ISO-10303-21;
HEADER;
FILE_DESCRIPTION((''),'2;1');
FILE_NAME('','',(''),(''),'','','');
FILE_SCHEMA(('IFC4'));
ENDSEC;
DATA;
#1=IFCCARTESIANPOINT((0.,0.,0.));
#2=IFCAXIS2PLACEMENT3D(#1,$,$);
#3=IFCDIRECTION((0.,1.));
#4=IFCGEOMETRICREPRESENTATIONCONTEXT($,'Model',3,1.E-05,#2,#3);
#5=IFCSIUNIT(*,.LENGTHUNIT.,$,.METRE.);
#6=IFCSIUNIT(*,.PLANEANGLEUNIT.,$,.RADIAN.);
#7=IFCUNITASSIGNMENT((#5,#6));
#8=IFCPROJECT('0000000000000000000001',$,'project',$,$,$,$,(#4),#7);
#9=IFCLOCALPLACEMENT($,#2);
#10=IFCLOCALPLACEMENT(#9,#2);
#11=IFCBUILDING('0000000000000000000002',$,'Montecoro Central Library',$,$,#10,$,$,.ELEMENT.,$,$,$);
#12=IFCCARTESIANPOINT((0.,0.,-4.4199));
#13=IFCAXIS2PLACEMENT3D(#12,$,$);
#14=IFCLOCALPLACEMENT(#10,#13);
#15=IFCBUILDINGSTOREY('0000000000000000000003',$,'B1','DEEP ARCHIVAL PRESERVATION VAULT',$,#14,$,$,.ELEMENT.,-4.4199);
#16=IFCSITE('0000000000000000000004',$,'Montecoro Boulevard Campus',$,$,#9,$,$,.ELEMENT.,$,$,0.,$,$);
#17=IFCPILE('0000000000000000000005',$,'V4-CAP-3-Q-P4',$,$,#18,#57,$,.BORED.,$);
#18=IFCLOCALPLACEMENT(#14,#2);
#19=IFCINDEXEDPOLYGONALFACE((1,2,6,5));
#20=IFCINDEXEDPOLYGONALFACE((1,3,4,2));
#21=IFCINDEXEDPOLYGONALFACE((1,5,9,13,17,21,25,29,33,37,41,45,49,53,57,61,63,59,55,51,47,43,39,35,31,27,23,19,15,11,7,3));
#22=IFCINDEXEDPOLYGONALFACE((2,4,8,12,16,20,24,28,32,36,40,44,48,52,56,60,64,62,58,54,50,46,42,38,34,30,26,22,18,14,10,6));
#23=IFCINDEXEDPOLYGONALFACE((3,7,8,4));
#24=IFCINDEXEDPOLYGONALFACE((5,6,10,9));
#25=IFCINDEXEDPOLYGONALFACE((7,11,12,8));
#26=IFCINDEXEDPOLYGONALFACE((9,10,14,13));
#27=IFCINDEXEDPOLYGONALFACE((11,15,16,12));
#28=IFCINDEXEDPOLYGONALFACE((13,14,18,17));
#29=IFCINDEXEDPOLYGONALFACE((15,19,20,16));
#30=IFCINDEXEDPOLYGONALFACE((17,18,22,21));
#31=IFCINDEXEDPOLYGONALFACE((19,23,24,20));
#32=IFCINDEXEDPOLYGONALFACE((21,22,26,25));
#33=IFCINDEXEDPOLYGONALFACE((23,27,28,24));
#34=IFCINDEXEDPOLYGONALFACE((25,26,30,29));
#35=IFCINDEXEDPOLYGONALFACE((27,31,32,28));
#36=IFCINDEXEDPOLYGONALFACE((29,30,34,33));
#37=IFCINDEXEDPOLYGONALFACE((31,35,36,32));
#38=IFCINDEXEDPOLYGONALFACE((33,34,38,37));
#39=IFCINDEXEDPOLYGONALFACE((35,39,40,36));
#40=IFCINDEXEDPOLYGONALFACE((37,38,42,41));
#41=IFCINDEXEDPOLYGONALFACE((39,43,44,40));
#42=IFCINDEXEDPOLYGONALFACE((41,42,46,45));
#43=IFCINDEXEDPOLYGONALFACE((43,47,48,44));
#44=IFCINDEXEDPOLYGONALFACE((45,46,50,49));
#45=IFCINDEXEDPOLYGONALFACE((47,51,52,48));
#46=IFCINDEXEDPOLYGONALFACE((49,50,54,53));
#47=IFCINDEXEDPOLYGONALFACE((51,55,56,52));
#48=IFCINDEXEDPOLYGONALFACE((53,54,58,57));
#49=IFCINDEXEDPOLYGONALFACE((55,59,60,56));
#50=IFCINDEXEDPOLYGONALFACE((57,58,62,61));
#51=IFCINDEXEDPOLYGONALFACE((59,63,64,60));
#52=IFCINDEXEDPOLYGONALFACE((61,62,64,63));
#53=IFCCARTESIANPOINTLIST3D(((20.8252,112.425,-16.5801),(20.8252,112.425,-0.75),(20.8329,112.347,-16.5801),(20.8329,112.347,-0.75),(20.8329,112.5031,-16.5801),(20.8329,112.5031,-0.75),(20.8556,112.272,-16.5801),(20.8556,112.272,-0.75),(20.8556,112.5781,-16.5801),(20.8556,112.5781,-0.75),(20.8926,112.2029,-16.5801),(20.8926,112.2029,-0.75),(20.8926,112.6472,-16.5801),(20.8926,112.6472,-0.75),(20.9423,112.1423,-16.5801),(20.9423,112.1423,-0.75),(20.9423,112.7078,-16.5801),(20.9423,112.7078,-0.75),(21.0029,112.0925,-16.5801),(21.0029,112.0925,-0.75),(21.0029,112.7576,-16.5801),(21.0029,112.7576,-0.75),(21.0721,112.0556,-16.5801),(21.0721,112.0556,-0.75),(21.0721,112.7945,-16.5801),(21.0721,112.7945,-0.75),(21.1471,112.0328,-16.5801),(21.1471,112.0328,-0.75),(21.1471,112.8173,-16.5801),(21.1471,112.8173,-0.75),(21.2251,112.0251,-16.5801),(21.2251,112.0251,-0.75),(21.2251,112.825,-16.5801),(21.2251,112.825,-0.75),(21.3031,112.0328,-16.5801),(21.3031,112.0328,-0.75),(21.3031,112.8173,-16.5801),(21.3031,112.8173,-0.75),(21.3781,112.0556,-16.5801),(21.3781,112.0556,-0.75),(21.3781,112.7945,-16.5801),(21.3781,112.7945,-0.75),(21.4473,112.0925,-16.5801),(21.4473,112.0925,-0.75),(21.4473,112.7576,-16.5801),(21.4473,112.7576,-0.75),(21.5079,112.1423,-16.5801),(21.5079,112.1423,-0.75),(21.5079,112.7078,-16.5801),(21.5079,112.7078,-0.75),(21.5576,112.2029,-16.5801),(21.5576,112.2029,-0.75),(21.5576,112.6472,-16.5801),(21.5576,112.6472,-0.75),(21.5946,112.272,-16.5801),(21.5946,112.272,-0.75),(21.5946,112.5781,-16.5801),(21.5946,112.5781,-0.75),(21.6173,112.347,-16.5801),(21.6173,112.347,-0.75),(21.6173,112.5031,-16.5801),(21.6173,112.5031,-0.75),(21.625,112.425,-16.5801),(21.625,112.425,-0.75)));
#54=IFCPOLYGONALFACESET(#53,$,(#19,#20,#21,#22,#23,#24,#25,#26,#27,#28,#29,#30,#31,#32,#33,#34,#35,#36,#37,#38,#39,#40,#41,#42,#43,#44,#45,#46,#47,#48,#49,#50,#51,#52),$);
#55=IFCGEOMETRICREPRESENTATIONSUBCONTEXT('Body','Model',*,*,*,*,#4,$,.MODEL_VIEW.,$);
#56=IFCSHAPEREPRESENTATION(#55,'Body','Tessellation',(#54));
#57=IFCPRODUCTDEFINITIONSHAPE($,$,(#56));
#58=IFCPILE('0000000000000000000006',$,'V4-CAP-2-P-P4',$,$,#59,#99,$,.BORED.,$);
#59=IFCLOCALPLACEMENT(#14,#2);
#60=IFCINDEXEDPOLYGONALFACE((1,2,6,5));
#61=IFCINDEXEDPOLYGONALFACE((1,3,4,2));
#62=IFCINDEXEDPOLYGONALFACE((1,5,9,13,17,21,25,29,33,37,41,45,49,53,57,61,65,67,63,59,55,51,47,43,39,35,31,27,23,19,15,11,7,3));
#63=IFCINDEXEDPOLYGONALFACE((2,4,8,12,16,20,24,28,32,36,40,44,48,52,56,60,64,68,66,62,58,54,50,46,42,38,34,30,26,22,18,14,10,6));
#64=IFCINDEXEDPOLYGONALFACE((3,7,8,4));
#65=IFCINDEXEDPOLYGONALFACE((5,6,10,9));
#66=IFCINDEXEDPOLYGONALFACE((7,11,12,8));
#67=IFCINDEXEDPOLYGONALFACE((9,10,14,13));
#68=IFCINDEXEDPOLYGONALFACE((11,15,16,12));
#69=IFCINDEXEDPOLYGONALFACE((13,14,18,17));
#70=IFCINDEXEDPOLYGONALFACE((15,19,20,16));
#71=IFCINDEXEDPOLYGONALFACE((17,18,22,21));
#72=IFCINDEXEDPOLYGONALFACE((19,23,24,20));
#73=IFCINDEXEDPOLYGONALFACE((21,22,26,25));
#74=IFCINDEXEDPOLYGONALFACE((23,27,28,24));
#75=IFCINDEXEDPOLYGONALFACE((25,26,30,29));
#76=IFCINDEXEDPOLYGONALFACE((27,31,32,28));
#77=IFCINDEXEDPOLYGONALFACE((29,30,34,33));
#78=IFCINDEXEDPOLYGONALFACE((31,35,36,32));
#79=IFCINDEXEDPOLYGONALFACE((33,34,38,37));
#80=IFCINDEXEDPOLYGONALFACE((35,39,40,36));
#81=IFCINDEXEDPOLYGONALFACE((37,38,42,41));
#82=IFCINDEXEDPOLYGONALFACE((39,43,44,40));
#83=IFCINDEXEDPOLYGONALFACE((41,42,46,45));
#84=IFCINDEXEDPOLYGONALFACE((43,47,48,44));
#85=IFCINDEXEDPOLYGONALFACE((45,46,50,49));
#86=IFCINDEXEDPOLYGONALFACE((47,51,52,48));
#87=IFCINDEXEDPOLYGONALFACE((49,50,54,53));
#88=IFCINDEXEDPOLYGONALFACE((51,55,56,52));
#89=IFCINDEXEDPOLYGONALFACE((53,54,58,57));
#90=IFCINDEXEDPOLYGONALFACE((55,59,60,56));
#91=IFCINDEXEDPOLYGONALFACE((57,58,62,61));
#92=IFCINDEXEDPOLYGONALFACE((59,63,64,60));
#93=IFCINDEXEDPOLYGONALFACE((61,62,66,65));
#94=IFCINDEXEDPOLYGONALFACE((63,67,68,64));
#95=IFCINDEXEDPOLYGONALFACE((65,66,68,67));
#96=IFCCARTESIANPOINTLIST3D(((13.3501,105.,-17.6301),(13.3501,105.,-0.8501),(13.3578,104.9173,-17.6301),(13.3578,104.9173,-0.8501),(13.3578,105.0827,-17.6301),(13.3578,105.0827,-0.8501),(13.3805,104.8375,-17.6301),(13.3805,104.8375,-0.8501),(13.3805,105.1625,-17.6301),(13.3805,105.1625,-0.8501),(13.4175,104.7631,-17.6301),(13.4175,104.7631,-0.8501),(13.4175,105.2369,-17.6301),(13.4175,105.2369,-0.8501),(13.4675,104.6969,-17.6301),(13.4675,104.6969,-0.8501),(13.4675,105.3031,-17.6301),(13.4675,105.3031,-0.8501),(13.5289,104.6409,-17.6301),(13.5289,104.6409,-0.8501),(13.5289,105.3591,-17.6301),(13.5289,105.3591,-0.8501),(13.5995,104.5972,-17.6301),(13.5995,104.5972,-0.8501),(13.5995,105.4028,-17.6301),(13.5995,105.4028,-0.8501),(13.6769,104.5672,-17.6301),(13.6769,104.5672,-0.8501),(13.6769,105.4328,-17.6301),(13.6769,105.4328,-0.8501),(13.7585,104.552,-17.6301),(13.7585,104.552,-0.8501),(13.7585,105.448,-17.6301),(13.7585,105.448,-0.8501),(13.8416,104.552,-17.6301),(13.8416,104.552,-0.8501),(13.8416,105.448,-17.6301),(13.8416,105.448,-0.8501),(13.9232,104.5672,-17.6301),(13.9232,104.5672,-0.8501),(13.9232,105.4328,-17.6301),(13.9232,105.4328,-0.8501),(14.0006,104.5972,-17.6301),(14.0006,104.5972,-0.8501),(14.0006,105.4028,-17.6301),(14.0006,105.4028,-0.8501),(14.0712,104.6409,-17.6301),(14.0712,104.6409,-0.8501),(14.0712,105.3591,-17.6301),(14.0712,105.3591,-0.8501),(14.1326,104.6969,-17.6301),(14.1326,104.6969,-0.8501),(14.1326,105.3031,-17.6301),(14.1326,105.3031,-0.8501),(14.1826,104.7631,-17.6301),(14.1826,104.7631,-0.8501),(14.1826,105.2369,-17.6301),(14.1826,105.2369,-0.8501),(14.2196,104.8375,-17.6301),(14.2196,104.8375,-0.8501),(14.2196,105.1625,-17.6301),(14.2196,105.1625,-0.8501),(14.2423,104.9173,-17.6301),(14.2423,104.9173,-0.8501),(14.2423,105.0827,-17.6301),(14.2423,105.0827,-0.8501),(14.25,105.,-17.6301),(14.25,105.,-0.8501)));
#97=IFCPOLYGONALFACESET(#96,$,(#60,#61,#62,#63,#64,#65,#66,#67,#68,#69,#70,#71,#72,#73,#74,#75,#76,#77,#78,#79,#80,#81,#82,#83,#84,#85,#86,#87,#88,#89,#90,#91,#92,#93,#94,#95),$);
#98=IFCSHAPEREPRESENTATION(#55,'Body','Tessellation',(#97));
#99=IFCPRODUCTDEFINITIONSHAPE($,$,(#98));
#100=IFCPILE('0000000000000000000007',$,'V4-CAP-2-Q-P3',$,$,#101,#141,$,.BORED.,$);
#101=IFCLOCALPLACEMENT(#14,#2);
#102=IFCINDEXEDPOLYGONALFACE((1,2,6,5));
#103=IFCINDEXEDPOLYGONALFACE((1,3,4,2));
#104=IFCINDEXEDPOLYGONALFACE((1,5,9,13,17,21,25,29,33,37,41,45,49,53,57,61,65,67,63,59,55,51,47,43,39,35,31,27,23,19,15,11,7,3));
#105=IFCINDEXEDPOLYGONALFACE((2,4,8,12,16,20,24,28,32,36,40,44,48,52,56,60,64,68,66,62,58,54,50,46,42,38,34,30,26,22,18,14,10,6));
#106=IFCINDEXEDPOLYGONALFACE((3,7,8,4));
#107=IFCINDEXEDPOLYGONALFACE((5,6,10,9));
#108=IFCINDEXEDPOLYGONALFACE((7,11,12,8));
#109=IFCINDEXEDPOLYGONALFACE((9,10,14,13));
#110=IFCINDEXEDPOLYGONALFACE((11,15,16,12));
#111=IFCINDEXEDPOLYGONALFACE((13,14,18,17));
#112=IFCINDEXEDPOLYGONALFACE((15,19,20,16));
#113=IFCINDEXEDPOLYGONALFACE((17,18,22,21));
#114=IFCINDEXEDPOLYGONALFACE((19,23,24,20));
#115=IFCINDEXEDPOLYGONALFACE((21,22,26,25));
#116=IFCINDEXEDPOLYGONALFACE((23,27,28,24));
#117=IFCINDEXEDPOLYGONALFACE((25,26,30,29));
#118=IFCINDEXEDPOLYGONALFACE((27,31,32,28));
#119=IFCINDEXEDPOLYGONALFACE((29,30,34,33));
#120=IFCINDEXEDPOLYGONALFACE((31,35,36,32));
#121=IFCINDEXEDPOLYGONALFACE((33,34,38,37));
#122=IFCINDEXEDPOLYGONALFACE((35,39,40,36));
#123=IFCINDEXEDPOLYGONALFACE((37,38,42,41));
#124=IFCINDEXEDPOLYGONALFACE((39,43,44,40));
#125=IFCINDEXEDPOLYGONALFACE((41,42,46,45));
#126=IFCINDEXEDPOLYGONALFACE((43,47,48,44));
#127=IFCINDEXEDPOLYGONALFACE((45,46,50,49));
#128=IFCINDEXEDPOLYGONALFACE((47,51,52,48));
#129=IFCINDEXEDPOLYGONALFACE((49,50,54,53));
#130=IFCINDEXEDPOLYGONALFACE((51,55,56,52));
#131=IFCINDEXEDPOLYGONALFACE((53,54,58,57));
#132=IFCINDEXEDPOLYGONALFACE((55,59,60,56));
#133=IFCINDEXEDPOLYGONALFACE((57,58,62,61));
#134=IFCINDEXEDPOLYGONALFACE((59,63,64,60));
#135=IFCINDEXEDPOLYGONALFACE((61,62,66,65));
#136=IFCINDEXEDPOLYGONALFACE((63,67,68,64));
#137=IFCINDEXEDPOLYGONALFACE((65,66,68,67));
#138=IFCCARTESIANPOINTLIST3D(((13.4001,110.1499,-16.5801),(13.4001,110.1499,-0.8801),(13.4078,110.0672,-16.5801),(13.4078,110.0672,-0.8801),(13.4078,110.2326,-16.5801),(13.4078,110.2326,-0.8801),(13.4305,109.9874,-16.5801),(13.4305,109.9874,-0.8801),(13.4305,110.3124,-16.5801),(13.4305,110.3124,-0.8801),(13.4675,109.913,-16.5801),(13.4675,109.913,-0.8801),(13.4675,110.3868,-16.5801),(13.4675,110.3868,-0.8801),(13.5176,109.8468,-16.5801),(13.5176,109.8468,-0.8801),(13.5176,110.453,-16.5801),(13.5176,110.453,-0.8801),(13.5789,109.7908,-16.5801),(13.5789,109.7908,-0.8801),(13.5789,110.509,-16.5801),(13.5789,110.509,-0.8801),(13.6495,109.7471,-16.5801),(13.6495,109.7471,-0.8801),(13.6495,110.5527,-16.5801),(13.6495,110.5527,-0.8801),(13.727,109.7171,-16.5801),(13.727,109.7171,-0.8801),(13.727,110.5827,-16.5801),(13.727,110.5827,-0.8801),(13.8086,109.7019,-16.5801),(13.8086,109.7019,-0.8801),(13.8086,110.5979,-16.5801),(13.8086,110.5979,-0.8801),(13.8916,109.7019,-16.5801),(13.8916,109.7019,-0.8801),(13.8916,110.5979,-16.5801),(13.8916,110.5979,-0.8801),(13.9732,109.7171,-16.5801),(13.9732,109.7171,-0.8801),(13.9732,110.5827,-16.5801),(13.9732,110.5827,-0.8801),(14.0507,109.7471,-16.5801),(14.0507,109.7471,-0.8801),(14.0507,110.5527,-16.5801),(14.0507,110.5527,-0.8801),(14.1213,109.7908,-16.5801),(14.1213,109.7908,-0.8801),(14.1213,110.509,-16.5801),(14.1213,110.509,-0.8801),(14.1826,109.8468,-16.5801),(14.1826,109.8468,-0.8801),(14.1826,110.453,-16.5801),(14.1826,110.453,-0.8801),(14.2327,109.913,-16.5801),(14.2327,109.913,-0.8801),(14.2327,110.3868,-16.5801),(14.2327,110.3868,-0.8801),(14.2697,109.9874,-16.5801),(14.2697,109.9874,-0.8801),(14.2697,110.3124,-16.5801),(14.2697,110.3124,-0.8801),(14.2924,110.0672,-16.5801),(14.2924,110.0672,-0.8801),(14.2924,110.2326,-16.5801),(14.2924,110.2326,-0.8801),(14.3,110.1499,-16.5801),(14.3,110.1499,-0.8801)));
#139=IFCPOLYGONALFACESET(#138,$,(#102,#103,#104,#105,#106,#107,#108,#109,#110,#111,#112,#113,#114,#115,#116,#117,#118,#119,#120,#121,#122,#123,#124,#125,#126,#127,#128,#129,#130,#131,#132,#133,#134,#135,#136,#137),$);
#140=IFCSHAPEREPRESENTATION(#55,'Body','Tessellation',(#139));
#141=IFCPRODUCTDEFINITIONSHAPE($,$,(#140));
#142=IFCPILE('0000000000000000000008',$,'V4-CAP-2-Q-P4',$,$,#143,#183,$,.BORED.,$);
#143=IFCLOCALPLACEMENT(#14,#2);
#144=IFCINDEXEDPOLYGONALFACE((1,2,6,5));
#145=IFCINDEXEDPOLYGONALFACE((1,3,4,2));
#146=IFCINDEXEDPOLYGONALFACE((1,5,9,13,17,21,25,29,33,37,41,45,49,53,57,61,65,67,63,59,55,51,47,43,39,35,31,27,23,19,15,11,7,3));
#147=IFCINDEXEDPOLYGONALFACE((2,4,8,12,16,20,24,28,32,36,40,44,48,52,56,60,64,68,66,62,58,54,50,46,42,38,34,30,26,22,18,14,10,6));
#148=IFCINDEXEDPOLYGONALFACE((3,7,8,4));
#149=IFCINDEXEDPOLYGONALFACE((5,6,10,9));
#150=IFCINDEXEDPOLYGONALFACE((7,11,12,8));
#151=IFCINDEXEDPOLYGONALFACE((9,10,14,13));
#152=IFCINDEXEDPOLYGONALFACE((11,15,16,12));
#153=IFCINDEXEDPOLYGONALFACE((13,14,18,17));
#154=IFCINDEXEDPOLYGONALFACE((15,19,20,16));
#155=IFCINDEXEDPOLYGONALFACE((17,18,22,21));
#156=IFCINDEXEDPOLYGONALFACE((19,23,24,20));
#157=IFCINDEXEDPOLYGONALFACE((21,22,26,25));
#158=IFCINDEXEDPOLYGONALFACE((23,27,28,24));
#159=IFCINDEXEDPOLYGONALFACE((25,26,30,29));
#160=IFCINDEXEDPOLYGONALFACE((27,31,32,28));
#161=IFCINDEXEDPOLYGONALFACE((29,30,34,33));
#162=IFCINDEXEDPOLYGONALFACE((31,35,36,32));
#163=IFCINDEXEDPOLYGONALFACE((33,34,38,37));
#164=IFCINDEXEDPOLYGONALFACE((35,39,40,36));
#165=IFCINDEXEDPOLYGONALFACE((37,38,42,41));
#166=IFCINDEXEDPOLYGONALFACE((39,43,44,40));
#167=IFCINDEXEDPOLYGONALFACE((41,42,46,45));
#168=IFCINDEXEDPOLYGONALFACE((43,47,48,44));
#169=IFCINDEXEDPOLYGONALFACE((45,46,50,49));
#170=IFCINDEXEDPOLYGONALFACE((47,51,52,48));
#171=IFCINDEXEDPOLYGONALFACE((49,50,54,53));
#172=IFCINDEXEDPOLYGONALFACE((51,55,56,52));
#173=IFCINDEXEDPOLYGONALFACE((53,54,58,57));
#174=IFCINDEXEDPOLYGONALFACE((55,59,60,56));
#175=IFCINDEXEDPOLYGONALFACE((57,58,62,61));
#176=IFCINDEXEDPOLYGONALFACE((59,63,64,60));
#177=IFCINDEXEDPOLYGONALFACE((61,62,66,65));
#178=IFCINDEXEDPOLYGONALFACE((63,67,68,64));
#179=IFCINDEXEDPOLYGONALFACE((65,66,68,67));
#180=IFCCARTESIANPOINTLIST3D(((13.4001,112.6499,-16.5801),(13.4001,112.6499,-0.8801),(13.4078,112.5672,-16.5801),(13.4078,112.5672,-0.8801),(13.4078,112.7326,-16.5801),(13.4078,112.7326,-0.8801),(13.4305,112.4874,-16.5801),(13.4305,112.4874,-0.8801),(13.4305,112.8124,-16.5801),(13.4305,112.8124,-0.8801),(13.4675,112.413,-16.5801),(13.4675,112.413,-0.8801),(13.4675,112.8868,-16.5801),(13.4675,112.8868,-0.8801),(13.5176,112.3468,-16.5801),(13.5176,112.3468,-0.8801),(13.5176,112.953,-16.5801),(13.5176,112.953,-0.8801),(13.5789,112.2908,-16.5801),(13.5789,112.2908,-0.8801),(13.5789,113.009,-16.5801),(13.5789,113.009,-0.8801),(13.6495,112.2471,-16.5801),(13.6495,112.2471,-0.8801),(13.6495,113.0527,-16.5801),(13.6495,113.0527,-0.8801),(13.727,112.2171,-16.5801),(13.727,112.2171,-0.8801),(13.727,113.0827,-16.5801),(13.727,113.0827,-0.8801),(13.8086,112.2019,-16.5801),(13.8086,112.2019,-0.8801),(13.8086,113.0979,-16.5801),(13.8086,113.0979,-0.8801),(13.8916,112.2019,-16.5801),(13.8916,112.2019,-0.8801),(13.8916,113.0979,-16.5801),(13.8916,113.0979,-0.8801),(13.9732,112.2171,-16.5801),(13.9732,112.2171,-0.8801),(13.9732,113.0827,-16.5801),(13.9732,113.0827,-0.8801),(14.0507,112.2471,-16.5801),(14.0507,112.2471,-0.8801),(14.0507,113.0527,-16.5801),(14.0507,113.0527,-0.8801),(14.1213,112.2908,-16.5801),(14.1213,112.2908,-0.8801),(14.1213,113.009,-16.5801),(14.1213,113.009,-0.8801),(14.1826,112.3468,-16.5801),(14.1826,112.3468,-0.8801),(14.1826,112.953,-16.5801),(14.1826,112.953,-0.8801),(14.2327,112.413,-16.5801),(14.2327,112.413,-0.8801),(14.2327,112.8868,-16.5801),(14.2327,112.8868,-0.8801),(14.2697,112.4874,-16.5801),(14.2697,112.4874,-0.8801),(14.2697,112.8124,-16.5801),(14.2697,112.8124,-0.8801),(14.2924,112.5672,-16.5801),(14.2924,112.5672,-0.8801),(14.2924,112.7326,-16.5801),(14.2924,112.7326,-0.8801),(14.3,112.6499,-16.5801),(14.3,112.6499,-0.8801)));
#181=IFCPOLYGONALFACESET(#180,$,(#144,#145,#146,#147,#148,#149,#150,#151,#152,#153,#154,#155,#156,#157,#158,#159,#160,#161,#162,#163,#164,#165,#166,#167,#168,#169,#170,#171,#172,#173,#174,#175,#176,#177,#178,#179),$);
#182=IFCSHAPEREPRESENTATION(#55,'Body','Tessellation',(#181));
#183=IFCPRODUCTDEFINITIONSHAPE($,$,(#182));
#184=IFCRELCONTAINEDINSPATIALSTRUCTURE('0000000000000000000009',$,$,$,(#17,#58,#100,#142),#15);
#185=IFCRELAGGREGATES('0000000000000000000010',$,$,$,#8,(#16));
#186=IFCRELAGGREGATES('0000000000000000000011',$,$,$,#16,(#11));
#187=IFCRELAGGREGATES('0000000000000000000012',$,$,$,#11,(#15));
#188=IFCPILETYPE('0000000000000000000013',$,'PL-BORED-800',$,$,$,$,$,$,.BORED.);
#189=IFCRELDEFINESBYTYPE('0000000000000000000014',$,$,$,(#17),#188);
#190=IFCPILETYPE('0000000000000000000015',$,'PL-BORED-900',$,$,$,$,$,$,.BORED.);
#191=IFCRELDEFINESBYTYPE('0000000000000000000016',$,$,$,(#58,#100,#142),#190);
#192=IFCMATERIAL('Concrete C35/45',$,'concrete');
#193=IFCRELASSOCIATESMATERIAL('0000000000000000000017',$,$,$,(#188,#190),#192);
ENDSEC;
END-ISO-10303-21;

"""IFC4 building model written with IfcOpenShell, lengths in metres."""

from ifc_helpers import new_model, si_unit, direction, frame, origin, origin_2d, place, context, subcontext, project, spatial, circle, extrude, material, material_profile, profile_set, type_object, element, save


model = new_model("IFC4")

# Units and contexts
model_context = context("Model", 3, precision=1e-05, world=origin(), true_north=direction((0.0, 1.0)))
body_context = subcontext(model_context, "Body", "Model", "MODEL_VIEW")
ifc_project = project(units=[si_unit("LENGTHUNIT", "METRE"), si_unit("PLANEANGLEUNIT", "RADIAN")], contexts=[model_context])

# Site, building, storey
site_placement = place(None, origin())
site = spatial("IfcSite", under=ifc_project, at=site_placement, Name="Montecoro Boulevard Campus", CompositionType="ELEMENT", RefElevation=0.0)
building_placement = place(site_placement, origin())
building = spatial("IfcBuilding", under=site, at=building_placement, Name="Montecoro Central Library", CompositionType="ELEMENT")
storey_placement = place(building_placement, frame((0.0, 0.0, -4.4199)))
storey = spatial("IfcBuildingStorey", under=building, at=storey_placement, Name="B1", Description="DEEP ARCHIVAL PRESERVATION VAULT", CompositionType="ELEMENT", Elevation=-4.4199)

# Shared definitions
ifc_material_1 = material(Name="Concrete C35/45", Category="concrete")

# Piles
ifc_material_profile_1 = material_profile(ifc_material_1, circle(Radius=0.3999, at=origin_2d()), Name="PILE D800")
ifc_profile_set_1 = profile_set([ifc_material_profile_1], Name="Concrete C35/45")
pile_type_1 = type_object("IfcPileType", Name="PL-BORED-800", PredefinedType="BORED", material=ifc_profile_set_1)
for number, where, z_axis, x_axis, name in (
    (1, (21.2251, 112.425, -0.75), (0.0, 0.0, -1.0), (1.0, 0.0, 0.0), "V4-CAP-3-Q-P4"),
):
    element("IfcPile", number, at=place(storey_placement, frame(where, z_axis=z_axis, x_axis=x_axis)), inside=storey, type_object=pile_type_1, Name=name, PredefinedType="BORED", context=body_context, shape_type="SweptSolid", body=[
        extrude(circle(Radius=0.3999, at=origin_2d()), origin(), (0.0, 0.0, 1.0), 15.8301),
    ])
ifc_material_profile_2 = material_profile(ifc_material_1, circle(Radius=0.45, at=origin_2d()), Name="PILE D900")
ifc_profile_set_2 = profile_set([ifc_material_profile_2], Name="Concrete C35/45")
pile_type_2 = type_object("IfcPileType", Name="PL-BORED-900", PredefinedType="BORED", material=ifc_profile_set_2)
pile_1_placement = place(storey_placement, frame((13.8, 105.0, -0.8501), z_axis=(0.0, 0.0, -1.0), x_axis=(1.0, 0.0, 0.0)))
element("IfcPile", 2, at=pile_1_placement, inside=storey, type_object=pile_type_2, Name="V4-CAP-2-P-P4", PredefinedType="BORED", context=body_context, shape_type="SweptSolid", body=[
    extrude(circle(Radius=0.45, at=origin_2d()), origin(), (0.0, 0.0, 1.0), 16.78),
])
for number, where, z_axis, x_axis, name in (
    (3, (13.8501, 110.1499, -0.8801), (0.0, 0.0, -1.0), (1.0, 0.0, 0.0), "V4-CAP-2-Q-P3"),
    (4, (13.8501, 112.6499, -0.8801), (0.0, 0.0, -1.0), (1.0, 0.0, 0.0), "V4-CAP-2-Q-P4"),
):
    element("IfcPile", number, at=place(storey_placement, frame(where, z_axis=z_axis, x_axis=x_axis)), inside=storey, type_object=pile_type_2, Name=name, PredefinedType="BORED", context=body_context, shape_type="SweptSolid", body=[
        extrude(circle(Radius=0.45, at=origin_2d()), origin(), (0.0, 0.0, 1.0), 15.7),
    ])

save(model, "model.ifc")
